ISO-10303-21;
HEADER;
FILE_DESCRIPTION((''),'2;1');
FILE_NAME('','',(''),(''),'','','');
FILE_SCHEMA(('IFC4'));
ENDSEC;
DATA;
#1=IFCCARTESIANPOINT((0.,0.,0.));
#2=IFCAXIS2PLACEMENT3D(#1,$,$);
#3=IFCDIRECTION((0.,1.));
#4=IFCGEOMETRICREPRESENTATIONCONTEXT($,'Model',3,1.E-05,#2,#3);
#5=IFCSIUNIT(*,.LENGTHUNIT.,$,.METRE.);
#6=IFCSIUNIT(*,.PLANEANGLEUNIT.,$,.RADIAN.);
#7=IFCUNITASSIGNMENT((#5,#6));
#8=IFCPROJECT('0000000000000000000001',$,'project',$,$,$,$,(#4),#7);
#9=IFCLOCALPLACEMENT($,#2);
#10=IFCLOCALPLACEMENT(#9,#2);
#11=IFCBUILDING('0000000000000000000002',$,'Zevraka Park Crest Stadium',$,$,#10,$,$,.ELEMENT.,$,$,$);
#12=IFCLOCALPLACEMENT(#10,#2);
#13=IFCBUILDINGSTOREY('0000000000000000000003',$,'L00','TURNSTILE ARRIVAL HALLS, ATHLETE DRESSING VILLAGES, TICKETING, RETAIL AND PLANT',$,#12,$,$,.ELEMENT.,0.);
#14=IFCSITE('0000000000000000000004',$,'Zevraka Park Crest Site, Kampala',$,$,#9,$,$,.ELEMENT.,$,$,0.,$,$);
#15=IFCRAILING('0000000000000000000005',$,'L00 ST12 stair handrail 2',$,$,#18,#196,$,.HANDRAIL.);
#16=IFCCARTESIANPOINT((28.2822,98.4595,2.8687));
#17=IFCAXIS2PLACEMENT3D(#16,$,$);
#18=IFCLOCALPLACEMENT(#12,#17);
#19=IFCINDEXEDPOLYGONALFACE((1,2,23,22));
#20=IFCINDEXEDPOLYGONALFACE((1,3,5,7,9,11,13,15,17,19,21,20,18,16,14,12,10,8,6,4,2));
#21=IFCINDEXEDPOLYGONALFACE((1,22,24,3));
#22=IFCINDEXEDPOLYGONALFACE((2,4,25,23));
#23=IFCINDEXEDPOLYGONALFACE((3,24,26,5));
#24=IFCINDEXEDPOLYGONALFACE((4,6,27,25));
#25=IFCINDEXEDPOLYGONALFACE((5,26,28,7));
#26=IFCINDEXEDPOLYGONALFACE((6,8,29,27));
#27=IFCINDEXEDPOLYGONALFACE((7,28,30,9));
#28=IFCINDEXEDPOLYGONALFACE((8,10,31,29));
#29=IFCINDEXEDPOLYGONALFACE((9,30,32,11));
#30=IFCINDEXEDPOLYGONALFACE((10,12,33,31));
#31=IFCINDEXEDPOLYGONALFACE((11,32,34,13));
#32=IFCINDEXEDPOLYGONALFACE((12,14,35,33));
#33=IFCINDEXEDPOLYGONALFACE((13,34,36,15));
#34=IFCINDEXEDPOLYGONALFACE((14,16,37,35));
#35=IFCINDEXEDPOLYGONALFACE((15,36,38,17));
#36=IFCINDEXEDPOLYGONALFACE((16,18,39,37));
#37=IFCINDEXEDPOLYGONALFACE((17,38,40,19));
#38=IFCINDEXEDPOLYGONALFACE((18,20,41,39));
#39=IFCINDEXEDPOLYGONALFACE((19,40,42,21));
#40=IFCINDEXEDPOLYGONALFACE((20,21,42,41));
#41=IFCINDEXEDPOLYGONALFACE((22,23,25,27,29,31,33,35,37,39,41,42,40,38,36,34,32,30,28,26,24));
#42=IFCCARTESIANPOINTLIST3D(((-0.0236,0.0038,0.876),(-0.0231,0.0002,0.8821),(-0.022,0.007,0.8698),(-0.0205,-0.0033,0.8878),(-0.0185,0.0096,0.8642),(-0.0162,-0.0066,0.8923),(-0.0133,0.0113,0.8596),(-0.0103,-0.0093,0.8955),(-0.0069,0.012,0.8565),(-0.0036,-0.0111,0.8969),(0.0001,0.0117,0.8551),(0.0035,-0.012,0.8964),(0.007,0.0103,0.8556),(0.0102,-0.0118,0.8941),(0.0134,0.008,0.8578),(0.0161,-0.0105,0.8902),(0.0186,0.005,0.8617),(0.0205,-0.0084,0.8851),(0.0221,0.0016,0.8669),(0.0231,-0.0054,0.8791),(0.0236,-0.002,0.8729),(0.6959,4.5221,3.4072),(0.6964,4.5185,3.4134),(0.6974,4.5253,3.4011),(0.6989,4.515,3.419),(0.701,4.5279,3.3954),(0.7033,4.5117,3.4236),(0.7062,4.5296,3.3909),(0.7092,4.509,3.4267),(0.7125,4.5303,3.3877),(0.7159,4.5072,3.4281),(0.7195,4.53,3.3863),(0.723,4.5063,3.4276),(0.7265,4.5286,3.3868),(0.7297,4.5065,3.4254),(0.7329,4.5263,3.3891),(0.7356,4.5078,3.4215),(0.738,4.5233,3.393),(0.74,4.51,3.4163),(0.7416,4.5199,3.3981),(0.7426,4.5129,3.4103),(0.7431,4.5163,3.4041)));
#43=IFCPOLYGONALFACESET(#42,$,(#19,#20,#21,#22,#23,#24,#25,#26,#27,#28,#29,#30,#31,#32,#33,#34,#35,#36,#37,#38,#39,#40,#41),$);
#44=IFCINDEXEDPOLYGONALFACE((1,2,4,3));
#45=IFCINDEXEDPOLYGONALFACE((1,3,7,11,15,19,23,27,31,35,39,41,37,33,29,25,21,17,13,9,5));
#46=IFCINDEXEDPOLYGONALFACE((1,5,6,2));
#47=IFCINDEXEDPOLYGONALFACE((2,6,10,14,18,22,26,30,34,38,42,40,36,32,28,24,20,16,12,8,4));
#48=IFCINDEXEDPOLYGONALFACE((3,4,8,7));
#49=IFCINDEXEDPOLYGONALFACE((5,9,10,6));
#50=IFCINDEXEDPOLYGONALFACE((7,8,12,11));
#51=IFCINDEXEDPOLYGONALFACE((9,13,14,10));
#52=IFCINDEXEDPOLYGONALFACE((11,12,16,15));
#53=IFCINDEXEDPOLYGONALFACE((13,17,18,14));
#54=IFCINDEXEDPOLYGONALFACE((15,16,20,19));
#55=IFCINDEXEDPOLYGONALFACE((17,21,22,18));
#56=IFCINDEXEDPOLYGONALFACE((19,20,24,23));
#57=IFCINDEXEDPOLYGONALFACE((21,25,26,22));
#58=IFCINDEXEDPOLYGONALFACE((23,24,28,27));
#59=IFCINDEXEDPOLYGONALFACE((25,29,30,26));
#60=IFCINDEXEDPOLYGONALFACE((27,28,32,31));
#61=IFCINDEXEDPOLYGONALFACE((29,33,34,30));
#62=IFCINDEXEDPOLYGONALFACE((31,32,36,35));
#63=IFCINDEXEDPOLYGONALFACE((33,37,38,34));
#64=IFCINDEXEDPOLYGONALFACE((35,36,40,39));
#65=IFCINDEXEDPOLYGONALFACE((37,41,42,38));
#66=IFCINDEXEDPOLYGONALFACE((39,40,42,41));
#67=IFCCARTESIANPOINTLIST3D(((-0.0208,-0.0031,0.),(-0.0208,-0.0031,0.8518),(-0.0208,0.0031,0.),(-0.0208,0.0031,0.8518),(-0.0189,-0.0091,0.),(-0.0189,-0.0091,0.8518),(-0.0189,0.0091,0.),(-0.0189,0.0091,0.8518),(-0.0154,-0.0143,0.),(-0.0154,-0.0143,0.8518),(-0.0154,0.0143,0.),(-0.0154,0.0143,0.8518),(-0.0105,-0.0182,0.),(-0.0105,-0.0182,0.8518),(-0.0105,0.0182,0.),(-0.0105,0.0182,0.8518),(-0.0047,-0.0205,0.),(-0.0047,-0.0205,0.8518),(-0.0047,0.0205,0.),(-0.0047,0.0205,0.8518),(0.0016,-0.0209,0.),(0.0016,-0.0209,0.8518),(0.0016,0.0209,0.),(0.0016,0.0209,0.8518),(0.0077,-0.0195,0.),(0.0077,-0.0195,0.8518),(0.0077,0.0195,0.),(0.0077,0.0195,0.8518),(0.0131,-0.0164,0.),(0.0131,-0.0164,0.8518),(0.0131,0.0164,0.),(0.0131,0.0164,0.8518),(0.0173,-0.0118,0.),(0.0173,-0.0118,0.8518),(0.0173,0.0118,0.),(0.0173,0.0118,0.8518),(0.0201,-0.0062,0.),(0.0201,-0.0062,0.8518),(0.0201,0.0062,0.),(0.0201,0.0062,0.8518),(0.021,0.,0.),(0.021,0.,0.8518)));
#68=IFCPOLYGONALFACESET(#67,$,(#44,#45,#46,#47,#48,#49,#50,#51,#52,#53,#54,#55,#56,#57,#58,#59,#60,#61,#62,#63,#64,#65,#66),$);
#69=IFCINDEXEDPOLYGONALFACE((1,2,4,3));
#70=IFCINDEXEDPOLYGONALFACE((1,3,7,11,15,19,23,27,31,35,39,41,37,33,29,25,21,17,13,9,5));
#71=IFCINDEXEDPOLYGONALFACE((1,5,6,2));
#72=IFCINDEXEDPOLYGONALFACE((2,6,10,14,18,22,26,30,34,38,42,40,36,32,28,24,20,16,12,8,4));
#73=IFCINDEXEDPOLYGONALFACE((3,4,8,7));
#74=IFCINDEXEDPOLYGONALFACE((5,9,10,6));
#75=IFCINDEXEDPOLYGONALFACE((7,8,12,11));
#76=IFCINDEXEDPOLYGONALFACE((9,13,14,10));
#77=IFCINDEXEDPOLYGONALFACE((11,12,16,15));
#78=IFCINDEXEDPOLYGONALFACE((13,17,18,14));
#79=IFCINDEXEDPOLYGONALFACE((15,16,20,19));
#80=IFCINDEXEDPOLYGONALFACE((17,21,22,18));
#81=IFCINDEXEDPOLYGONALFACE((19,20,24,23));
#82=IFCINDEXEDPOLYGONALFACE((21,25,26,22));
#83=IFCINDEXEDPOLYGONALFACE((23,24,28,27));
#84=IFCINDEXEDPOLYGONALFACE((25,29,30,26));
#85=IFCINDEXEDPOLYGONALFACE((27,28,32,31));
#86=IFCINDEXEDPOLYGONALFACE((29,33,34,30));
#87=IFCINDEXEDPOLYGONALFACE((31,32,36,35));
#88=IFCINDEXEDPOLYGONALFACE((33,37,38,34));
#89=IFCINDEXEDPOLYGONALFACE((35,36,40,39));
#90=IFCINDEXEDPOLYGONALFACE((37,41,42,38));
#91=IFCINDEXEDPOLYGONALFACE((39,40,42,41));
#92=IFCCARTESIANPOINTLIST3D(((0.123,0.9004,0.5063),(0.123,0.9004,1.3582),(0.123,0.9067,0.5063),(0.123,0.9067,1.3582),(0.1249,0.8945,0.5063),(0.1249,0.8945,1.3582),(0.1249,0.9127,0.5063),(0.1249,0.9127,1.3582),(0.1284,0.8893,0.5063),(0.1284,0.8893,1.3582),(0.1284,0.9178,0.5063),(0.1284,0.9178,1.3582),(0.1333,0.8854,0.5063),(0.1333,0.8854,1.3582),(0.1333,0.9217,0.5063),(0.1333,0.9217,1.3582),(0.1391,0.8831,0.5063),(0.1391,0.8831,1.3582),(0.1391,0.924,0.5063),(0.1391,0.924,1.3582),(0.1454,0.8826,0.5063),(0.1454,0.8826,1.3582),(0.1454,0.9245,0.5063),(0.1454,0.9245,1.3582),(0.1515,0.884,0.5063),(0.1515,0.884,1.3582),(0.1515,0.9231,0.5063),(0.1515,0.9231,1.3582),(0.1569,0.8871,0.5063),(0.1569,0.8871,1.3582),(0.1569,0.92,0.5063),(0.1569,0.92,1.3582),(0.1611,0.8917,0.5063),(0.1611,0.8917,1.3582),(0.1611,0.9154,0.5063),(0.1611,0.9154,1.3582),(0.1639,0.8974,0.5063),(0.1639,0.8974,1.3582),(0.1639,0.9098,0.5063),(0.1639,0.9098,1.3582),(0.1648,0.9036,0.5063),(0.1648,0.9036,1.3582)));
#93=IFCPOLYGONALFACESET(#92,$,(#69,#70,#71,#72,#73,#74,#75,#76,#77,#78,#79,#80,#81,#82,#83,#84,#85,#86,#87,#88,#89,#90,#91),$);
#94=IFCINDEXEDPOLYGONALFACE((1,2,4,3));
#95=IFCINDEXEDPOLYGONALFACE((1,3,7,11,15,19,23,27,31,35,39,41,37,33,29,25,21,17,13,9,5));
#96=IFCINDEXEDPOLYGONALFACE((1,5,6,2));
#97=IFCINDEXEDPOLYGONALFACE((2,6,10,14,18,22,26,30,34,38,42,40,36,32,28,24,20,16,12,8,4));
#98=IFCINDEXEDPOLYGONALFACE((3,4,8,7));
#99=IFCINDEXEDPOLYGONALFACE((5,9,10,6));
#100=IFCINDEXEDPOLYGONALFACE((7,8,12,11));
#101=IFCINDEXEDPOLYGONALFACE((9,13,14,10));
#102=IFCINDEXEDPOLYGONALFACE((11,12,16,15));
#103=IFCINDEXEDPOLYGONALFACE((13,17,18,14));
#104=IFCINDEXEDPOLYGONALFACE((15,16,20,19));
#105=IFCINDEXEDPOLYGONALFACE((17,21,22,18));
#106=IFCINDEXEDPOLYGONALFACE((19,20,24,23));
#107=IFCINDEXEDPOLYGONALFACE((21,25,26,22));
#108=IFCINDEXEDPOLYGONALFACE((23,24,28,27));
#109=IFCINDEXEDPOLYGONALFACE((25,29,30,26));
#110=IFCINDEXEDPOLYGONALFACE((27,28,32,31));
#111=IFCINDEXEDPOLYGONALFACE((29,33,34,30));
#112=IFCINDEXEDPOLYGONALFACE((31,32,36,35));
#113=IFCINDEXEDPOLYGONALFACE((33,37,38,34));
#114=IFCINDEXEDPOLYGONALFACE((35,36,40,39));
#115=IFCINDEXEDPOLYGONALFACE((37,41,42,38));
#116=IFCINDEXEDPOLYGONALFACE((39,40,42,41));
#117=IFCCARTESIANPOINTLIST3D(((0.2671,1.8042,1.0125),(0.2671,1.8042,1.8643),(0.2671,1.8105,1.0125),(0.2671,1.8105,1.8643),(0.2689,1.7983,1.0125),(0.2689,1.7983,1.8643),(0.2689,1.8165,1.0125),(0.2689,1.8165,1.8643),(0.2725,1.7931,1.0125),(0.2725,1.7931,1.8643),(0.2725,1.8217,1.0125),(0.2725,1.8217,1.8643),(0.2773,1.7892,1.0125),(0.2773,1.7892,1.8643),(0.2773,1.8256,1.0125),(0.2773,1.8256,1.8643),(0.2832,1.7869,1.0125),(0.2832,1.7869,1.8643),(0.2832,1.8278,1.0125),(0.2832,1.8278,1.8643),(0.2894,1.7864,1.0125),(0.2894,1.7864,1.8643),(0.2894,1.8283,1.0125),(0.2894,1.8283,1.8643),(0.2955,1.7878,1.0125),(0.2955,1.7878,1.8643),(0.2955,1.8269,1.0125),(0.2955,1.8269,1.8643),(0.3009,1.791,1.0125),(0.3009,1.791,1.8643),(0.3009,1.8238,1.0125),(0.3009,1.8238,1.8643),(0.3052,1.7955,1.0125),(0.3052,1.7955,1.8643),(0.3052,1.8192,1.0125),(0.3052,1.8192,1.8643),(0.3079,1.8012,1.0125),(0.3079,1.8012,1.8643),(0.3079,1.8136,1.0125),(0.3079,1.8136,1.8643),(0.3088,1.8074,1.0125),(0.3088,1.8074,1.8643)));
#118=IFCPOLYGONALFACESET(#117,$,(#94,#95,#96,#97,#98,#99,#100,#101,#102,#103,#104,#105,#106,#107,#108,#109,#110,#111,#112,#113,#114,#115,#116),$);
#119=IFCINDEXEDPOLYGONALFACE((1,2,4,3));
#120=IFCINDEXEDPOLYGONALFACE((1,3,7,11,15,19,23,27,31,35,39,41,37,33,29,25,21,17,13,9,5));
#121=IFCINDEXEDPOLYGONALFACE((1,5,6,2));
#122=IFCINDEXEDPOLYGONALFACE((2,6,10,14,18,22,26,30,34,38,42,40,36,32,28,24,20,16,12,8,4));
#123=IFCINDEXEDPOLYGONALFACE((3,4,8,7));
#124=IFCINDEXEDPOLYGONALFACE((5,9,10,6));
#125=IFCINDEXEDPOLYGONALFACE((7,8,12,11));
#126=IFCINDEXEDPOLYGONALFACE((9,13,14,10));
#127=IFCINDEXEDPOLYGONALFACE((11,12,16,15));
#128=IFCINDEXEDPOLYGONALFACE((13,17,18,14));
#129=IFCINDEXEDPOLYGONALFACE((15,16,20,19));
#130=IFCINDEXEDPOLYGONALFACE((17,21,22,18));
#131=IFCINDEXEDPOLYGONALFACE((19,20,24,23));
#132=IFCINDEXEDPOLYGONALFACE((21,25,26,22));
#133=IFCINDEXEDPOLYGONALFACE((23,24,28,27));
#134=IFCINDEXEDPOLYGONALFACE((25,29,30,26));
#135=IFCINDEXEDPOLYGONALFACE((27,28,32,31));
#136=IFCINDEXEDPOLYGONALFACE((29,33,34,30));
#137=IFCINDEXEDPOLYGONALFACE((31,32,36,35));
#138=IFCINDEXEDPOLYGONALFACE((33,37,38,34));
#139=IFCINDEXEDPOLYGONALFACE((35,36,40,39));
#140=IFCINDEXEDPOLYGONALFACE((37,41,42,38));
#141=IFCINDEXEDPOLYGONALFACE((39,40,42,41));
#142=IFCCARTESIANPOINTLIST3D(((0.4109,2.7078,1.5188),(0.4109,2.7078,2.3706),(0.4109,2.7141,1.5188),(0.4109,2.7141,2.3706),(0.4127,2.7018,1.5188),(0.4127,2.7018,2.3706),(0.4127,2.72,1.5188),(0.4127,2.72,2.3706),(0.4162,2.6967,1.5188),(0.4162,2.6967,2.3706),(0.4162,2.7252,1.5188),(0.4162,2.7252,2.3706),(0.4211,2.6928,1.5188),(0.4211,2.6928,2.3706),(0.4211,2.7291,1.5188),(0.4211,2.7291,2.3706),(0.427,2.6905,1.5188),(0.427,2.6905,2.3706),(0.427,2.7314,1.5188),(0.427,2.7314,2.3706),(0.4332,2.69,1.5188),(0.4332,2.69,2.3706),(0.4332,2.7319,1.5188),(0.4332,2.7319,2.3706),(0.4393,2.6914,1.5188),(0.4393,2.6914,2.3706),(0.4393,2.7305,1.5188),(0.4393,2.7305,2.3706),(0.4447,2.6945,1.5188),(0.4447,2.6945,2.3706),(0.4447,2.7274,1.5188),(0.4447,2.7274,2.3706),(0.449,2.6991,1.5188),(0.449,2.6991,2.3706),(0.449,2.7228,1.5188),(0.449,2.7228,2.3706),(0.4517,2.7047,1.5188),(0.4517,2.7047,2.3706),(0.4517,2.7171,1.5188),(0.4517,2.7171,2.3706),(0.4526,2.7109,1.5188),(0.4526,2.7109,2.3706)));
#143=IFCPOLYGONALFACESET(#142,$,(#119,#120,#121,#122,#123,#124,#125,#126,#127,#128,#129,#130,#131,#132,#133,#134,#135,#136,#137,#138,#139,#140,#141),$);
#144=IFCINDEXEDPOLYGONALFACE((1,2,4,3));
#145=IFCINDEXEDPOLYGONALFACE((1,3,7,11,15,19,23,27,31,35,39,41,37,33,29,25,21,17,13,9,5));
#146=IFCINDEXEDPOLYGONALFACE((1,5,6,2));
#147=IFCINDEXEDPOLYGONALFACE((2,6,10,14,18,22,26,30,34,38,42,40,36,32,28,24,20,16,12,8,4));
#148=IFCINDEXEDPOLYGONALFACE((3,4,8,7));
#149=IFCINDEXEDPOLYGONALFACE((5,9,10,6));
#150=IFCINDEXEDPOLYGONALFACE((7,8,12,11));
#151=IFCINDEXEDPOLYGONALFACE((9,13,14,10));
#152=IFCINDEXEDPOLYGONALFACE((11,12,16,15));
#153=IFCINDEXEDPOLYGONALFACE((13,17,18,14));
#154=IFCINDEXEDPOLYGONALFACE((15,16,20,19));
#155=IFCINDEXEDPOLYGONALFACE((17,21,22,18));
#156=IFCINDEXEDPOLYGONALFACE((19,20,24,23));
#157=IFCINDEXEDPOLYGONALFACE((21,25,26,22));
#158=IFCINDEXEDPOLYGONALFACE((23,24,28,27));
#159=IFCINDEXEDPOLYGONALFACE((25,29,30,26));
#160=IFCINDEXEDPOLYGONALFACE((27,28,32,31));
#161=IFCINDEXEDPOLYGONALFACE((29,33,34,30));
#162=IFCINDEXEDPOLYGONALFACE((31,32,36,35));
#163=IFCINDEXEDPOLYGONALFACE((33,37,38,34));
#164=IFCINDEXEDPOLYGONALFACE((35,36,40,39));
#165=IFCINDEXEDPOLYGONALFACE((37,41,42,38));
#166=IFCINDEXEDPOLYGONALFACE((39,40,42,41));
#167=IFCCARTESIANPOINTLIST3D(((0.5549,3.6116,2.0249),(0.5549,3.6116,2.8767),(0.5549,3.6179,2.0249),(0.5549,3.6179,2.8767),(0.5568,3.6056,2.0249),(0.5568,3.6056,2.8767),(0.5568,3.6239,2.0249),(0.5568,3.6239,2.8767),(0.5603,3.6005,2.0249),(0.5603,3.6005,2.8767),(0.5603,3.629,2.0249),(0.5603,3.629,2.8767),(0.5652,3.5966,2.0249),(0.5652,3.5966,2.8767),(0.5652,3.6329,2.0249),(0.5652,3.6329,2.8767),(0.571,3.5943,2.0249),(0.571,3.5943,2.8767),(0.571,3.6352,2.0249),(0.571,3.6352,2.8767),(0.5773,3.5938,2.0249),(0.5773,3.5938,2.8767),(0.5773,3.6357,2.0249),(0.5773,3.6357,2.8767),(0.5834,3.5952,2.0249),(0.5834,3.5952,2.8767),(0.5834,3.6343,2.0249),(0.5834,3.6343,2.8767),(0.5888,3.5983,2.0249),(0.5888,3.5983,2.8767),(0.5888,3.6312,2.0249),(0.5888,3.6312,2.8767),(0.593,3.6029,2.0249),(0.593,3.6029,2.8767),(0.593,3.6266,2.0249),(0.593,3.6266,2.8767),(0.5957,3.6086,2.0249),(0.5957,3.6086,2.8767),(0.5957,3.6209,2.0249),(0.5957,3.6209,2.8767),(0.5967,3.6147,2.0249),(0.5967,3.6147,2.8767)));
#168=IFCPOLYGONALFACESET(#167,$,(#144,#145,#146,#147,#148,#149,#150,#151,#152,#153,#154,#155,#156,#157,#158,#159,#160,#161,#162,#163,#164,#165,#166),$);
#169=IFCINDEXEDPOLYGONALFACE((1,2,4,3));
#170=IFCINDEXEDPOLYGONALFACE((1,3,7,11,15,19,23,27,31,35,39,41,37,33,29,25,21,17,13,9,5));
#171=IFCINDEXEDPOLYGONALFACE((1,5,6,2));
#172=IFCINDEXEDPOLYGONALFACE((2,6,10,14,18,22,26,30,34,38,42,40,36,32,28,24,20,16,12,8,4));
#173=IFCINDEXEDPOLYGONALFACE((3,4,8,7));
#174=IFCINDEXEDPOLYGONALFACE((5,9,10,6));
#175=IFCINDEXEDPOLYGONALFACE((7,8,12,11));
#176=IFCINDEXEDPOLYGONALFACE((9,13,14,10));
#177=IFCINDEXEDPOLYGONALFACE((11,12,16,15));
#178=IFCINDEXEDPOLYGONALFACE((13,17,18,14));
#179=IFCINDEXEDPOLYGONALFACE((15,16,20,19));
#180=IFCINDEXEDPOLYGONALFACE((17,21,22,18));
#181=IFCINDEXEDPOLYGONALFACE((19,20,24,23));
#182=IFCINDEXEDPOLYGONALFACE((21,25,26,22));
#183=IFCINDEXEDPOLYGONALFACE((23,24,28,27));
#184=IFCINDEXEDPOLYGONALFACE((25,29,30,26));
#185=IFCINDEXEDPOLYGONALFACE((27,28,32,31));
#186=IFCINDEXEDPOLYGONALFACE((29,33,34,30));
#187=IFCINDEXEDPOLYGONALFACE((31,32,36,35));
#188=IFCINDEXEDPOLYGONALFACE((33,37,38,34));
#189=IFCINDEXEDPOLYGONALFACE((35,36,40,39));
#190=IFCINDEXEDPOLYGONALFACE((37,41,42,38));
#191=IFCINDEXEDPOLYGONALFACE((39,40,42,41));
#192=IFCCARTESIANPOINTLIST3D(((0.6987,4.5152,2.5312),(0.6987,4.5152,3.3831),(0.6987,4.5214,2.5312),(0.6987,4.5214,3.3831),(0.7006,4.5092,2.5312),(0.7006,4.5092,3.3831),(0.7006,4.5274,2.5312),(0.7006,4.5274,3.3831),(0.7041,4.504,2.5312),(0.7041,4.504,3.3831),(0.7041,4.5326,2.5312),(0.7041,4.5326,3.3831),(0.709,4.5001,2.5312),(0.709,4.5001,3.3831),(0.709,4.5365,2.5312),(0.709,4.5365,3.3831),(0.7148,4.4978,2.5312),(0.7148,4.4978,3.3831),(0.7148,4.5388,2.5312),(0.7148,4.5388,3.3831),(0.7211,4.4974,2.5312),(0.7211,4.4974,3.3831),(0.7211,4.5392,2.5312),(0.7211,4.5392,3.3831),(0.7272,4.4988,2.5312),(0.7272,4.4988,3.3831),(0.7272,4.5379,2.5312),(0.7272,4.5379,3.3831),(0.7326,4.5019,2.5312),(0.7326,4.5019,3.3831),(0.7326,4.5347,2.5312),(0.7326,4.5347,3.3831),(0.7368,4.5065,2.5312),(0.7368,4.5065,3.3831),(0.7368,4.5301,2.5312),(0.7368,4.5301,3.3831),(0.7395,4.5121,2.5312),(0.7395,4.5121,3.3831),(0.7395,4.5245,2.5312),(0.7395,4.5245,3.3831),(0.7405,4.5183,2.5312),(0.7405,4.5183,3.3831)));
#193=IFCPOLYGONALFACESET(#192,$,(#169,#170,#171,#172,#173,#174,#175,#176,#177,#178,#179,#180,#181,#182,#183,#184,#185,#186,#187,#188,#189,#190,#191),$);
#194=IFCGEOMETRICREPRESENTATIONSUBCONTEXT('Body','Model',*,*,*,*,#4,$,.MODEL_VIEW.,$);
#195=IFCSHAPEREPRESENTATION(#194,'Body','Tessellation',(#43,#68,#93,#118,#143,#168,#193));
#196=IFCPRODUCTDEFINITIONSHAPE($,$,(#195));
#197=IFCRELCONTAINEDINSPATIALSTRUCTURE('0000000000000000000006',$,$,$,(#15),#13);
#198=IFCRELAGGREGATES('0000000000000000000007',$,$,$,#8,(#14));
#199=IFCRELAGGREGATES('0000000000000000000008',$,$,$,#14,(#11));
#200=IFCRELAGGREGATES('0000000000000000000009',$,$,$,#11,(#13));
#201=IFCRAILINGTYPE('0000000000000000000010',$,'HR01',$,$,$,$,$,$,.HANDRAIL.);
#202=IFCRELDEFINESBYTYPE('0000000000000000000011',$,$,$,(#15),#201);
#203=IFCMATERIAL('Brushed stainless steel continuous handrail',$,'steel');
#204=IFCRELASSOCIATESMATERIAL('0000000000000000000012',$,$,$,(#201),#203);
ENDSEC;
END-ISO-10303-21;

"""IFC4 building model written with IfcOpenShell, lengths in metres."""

from ifc_helpers import new_model, si_unit, direction, frame, origin, origin_2d, place, context, subcontext, project, spatial, circle, extrude, material, type_object, element, save


model = new_model("IFC4")

# Units and contexts
model_context = context("Model", 3, precision=1e-05, world=origin(), true_north=direction((0.0, 1.0)))
body_context = subcontext(model_context, "Body", "Model", "MODEL_VIEW")
ifc_project = project(units=[si_unit("LENGTHUNIT", "METRE"), si_unit("PLANEANGLEUNIT", "RADIAN")], contexts=[model_context])

# Site, building, storey
site_placement = place(None, origin())
site = spatial("IfcSite", under=ifc_project, at=site_placement, Name="Zevraka Park Crest Site, Kampala", CompositionType="ELEMENT", RefElevation=0.0)
building_placement = place(site_placement, origin())
building = spatial("IfcBuilding", under=site, at=building_placement, Name="Zevraka Park Crest Stadium", CompositionType="ELEMENT")
storey_placement = place(building_placement, origin())
storey = spatial("IfcBuildingStorey", under=building, at=storey_placement, Name="L00", Description="TURNSTILE ARRIVAL HALLS, ATHLETE DRESSING VILLAGES, TICKETING, RETAIL AND PLANT", CompositionType="ELEMENT", Elevation=0.0)

# Railing
ifc_material_1 = material(Name="Brushed stainless steel continuous handrail", Category="steel")
railing_type_1 = type_object("IfcRailingType", Name="HR01", PredefinedType="HANDRAIL", material=ifc_material_1)
railing_1_placement = place(storey_placement, frame((28.2822, 98.4595, 2.8687)))
element("IfcRailing", 1, at=railing_1_placement, inside=storey, type_object=railing_type_1, Name="L00 ST12 stair handrail 2", PredefinedType="HANDRAIL", context=body_context, shape_type="SweptSolid", body=[
    extrude(circle(Radius=0.0239, at=origin_2d()), frame((0.0, 0.0, 0.876), z_axis=(0.137601, 0.864125, 0.484101), x_axis=(-0.987558, 0.157256, 0.0)), (0.0, 0.0, 1.0), 5.2288),
    extrude(circle(Radius=0.021, at=origin_2d()), origin(), (0.0, 0.0, 1.0), 0.8518),
    extrude(circle(Radius=0.021, at=origin_2d()), frame((0.1438, 0.9036, 0.5063)), (0.0, 0.0, 1.0), 0.8518),
    extrude(circle(Radius=0.021, at=origin_2d()), frame((0.2878, 1.8074, 1.0125)), (0.0, 0.0, 1.0), 0.8518),
    extrude(circle(Radius=0.021, at=origin_2d()), frame((0.4316, 2.7109, 1.5188)), (0.0, 0.0, 1.0), 0.8518),
    extrude(circle(Radius=0.021, at=origin_2d()), frame((0.5757, 3.6147, 2.0249)), (0.0, 0.0, 1.0), 0.8518),
    extrude(circle(Radius=0.021, at=origin_2d()), frame((0.7195, 4.5183, 2.5312)), (0.0, 0.0, 1.0), 0.8518),
])

save(model, "model.ifc")
